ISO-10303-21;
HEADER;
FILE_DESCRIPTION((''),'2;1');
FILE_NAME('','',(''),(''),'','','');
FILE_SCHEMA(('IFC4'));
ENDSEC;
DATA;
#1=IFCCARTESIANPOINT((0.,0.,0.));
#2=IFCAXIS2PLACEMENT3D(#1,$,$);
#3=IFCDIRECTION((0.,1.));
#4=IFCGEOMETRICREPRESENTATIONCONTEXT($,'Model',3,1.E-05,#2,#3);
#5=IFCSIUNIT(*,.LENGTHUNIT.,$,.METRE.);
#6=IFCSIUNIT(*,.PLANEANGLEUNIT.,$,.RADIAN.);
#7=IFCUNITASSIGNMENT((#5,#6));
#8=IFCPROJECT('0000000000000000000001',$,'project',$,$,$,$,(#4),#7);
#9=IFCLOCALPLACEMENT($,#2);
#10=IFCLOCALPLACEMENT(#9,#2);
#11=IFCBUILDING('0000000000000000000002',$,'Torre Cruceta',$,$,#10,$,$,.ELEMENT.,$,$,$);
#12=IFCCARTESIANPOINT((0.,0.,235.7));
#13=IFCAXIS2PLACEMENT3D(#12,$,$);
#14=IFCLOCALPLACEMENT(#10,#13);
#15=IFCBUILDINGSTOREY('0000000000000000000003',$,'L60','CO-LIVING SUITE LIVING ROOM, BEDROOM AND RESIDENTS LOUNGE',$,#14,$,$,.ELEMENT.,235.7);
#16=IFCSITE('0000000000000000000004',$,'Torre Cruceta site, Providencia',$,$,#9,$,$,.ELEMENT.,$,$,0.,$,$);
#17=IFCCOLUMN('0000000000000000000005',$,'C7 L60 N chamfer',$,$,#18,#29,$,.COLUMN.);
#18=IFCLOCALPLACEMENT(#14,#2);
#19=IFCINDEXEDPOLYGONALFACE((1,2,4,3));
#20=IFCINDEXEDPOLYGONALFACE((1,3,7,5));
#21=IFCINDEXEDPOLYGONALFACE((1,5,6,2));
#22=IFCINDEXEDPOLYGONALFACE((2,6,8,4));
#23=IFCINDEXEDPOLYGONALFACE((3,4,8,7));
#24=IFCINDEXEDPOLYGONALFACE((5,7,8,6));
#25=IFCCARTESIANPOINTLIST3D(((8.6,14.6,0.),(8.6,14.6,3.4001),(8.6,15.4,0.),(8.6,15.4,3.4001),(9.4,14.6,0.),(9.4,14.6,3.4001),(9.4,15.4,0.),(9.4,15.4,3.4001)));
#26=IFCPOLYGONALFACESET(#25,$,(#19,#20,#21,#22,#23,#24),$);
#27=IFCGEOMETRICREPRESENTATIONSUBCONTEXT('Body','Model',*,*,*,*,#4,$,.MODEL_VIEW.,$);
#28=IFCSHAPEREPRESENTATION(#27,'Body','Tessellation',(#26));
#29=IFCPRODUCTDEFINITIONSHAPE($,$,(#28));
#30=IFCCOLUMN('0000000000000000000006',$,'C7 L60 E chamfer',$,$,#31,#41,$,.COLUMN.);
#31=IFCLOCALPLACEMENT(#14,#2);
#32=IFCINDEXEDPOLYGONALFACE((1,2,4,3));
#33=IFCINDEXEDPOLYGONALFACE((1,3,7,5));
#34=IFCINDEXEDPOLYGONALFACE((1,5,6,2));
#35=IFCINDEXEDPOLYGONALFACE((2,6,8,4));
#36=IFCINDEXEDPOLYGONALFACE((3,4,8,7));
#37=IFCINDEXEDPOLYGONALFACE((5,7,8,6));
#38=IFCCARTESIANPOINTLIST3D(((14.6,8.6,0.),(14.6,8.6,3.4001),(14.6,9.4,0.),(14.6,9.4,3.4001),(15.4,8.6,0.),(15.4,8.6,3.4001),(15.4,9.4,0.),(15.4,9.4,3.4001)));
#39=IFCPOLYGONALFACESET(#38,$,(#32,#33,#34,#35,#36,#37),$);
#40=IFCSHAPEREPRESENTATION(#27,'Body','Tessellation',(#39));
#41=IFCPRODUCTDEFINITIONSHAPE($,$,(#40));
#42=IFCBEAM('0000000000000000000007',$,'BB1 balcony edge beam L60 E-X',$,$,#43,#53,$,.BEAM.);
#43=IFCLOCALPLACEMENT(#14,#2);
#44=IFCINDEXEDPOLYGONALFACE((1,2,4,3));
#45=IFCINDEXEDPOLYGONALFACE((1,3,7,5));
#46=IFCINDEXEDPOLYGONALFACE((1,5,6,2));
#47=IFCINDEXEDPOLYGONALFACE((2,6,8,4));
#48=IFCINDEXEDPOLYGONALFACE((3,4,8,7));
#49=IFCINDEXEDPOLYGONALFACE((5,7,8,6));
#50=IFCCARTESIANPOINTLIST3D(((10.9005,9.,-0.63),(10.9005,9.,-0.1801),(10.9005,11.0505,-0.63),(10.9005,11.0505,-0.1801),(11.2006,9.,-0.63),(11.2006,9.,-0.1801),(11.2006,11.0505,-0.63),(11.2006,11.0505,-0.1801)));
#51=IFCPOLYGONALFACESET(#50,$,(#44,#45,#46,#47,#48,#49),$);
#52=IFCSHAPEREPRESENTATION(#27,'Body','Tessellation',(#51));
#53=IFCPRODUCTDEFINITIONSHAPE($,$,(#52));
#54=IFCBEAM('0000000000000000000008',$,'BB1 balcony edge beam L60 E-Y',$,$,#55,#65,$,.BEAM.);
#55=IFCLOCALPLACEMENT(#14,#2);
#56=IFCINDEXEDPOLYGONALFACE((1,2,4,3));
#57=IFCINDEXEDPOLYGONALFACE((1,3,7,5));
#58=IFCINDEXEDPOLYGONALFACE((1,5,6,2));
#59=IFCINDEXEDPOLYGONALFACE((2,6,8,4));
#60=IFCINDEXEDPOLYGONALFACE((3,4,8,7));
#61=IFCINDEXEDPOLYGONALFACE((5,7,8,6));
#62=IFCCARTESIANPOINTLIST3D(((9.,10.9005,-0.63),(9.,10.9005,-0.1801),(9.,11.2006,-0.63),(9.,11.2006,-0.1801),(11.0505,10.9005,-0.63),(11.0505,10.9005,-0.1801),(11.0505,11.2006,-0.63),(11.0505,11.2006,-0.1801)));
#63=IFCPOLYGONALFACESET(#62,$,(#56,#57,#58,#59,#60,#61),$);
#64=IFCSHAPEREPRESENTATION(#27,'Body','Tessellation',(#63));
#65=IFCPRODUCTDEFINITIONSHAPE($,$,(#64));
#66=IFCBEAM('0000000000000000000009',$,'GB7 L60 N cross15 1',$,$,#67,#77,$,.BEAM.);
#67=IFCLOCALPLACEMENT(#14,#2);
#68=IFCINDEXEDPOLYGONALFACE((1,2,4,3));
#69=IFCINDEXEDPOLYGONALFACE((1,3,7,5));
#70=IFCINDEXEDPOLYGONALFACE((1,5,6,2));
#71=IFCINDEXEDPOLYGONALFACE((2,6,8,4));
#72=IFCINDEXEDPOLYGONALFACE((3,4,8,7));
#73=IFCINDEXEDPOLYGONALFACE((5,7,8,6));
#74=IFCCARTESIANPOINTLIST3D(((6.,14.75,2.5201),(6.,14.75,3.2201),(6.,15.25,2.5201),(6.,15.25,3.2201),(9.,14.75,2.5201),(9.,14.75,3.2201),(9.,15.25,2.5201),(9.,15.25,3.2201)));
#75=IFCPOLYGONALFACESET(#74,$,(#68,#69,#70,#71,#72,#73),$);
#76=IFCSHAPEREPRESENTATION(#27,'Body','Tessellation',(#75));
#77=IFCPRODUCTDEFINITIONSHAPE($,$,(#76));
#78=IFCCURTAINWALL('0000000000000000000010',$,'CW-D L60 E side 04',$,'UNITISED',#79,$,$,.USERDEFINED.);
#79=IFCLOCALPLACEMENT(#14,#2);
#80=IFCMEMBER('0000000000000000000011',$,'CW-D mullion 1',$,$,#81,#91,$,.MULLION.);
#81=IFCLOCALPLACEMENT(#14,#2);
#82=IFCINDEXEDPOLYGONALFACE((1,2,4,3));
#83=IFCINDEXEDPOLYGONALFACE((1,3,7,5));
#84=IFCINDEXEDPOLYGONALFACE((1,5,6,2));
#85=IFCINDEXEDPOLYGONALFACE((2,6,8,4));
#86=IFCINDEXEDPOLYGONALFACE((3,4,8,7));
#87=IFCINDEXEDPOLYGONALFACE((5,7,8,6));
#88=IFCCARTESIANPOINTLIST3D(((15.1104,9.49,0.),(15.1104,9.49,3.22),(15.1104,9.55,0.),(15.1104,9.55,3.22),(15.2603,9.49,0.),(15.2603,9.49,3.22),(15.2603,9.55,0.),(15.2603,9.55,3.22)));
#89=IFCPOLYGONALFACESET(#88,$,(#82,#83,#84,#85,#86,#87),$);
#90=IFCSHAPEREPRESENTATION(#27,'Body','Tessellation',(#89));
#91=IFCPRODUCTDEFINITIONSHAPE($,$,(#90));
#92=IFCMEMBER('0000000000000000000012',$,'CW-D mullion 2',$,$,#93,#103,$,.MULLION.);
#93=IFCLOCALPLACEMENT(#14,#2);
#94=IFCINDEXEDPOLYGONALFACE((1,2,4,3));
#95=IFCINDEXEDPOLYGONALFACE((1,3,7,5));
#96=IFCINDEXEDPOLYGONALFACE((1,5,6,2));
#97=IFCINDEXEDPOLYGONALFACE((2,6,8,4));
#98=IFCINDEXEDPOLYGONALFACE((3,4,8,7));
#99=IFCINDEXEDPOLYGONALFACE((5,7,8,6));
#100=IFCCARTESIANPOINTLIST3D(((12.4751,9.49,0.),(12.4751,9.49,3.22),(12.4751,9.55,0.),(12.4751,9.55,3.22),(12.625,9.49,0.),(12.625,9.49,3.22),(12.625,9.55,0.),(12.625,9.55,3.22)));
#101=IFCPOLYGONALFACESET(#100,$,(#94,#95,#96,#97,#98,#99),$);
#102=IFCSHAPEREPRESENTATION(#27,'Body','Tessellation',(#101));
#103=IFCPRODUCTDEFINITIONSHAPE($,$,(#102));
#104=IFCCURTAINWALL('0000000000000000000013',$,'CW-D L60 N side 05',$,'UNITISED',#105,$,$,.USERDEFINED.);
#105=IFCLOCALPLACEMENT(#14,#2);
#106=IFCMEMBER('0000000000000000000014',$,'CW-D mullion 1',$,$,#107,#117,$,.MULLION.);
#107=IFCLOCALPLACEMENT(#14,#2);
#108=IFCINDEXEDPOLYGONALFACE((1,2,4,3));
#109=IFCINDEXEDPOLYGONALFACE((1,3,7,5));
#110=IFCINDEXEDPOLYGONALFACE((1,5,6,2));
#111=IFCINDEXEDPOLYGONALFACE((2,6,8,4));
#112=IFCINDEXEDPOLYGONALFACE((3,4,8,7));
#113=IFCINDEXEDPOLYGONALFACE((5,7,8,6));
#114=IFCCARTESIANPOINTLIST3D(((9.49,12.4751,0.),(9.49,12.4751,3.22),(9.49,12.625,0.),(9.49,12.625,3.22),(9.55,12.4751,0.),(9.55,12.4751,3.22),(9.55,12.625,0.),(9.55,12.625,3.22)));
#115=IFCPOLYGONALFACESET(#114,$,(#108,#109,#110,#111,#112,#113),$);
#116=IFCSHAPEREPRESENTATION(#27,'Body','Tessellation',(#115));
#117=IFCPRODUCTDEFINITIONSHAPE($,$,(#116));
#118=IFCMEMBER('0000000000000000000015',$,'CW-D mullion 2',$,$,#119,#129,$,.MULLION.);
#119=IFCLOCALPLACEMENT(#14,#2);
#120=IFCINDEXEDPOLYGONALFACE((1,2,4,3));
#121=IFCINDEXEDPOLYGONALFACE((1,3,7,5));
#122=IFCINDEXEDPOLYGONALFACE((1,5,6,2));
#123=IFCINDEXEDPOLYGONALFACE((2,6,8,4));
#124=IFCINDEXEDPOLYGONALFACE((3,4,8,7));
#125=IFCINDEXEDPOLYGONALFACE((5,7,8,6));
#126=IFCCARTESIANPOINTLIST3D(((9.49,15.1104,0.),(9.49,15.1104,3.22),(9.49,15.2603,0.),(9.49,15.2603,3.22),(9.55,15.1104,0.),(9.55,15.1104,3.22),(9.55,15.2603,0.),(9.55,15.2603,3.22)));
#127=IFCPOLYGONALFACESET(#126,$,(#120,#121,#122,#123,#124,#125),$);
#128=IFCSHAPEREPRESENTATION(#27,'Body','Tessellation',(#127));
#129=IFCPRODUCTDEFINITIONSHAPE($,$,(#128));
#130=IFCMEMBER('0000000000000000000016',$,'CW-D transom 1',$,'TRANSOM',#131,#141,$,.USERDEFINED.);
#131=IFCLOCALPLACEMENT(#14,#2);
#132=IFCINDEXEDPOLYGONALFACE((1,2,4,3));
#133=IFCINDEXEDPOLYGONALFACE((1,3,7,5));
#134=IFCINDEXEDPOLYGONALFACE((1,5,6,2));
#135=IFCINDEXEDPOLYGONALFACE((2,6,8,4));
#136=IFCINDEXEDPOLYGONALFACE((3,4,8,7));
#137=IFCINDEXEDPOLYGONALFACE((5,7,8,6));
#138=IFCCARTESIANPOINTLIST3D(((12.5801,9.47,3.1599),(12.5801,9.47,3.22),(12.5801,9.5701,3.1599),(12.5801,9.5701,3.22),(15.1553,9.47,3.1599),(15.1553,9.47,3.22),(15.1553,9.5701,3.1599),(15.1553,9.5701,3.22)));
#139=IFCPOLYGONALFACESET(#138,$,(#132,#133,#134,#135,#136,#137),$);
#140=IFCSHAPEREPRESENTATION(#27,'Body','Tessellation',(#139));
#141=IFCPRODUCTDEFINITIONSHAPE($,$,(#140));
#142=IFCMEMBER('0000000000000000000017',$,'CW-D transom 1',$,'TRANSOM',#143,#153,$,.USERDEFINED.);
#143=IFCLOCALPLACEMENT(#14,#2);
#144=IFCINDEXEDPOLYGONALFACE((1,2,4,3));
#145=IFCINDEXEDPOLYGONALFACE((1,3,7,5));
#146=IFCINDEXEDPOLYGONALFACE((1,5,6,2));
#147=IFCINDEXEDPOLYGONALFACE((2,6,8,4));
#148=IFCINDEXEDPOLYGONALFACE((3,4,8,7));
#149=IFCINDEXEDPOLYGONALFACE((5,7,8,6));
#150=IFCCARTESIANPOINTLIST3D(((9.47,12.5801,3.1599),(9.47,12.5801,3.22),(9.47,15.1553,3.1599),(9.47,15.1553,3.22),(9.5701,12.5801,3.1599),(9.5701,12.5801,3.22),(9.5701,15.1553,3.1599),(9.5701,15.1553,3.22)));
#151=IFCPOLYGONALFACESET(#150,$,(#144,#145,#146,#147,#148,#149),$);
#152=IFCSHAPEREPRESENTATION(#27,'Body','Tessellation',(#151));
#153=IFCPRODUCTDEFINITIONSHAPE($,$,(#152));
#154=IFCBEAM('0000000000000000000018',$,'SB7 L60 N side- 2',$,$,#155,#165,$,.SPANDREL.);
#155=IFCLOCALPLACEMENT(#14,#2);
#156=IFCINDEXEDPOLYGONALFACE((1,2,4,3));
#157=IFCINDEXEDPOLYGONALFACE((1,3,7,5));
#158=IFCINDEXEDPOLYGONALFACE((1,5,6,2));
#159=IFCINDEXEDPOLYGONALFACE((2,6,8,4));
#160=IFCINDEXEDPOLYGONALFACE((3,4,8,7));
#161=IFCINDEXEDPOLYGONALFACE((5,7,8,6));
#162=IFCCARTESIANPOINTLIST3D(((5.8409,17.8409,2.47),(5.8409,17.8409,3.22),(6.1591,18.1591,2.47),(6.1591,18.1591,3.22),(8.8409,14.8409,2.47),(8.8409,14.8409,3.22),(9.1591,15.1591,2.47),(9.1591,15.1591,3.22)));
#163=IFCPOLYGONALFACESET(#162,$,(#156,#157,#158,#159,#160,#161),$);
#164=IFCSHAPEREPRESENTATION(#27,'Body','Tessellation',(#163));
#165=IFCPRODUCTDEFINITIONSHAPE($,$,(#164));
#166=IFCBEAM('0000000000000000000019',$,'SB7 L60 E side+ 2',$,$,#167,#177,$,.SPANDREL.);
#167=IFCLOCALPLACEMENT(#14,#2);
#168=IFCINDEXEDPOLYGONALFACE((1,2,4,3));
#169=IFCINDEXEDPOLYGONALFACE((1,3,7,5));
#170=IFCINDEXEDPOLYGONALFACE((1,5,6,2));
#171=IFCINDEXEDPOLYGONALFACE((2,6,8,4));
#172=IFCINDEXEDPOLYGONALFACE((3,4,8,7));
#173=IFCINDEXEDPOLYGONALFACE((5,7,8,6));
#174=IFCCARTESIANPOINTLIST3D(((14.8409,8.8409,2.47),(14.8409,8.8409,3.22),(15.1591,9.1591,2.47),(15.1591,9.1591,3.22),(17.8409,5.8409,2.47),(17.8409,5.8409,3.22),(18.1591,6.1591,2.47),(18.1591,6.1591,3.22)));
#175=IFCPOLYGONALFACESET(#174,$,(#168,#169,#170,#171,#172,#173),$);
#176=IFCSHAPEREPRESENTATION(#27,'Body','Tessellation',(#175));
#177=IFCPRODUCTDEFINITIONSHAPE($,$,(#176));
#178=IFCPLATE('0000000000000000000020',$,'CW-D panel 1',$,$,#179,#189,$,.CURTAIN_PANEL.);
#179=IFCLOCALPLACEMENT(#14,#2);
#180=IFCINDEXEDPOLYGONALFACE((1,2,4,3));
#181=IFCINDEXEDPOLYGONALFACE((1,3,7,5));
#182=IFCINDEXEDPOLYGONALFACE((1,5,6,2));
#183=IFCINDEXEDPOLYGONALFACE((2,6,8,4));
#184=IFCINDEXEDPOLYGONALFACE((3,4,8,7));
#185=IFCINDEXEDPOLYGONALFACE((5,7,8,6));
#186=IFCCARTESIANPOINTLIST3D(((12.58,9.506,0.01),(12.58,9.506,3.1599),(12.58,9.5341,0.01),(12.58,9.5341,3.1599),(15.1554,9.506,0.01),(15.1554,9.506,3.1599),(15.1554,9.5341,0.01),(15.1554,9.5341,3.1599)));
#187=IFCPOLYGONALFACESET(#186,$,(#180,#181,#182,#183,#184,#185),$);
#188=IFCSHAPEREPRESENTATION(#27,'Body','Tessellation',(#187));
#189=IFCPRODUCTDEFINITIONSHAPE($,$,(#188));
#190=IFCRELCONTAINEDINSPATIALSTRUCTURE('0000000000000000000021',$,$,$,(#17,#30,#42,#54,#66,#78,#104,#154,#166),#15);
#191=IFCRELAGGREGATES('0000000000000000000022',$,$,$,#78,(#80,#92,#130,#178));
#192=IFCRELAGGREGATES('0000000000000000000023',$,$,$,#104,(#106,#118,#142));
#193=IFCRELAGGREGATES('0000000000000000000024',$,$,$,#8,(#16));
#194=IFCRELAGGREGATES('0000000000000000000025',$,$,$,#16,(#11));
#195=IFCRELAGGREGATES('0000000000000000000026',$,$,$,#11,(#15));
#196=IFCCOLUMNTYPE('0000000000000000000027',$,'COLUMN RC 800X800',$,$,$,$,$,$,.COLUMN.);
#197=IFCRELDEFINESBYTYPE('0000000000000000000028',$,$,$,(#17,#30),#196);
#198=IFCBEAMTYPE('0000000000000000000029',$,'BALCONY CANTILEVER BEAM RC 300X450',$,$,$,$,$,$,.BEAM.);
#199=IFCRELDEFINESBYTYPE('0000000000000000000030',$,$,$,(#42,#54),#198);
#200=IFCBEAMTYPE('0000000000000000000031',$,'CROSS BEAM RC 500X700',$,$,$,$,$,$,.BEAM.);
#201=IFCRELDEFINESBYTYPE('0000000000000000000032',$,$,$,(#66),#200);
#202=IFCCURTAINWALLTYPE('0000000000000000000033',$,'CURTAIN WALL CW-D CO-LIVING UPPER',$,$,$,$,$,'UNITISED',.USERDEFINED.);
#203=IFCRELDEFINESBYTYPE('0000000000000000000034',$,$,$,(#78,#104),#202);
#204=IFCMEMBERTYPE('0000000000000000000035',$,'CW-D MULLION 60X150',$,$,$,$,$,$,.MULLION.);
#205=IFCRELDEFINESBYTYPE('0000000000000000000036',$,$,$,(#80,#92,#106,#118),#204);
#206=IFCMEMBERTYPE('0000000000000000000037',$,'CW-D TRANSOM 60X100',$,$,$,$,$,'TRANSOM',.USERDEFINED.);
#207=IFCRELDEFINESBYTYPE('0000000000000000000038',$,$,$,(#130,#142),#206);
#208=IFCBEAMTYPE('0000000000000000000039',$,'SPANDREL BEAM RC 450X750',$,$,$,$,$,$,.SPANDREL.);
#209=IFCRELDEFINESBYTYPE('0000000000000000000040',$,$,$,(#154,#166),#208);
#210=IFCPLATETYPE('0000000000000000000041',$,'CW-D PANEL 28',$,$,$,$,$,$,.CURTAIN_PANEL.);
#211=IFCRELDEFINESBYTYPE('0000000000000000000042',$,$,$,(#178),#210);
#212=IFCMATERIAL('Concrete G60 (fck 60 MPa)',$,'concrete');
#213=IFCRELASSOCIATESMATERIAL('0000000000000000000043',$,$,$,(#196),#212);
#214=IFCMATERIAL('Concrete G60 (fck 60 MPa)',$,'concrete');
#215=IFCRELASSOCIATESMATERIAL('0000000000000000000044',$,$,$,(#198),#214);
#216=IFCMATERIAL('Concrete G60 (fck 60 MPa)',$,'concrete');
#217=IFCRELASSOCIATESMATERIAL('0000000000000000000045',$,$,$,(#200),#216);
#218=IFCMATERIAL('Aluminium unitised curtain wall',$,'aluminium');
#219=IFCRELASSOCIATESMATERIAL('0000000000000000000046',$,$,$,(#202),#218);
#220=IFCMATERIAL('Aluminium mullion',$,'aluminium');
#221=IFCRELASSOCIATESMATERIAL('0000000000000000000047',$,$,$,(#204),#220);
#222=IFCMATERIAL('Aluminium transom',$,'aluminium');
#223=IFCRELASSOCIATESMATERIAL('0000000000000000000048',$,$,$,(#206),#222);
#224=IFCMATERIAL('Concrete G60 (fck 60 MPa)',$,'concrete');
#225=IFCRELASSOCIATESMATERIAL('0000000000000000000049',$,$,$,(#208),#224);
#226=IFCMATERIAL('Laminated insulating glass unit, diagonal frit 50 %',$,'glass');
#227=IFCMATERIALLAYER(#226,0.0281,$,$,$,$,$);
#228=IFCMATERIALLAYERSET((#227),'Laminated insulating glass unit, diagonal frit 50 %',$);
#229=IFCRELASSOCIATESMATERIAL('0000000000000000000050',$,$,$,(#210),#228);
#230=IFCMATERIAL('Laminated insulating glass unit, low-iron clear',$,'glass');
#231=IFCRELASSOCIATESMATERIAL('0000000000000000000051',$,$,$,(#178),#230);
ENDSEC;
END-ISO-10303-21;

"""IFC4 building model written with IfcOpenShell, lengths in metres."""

from ifc_helpers import new_model, si_unit, direction, frame, origin, origin_2d, place, context, subcontext, project, spatial, rectangle, extrude, material, layer, layer_set, material_profile, profile_set, type_object, element, aggregate, save


model = new_model("IFC4")

# Units and contexts
model_context = context("Model", 3, precision=1e-05, world=origin(), true_north=direction((0.0, 1.0)))
body_context = subcontext(model_context, "Body", "Model", "MODEL_VIEW")
ifc_project = project(units=[si_unit("LENGTHUNIT", "METRE"), si_unit("PLANEANGLEUNIT", "RADIAN")], contexts=[model_context])

# Site, building, storey
site_placement = place(None, origin())
site = spatial("IfcSite", under=ifc_project, at=site_placement, Name="Torre Cruceta site, Providencia", CompositionType="ELEMENT", RefElevation=0.0)
building_placement = place(site_placement, origin())
building = spatial("IfcBuilding", under=site, at=building_placement, Name="Torre Cruceta", CompositionType="ELEMENT")
storey_placement = place(building_placement, frame((0.0, 0.0, 235.7)))
storey = spatial("IfcBuildingStorey", under=building, at=storey_placement, Name="L60", Description="CO-LIVING SUITE LIVING ROOM, BEDROOM AND RESIDENTS LOUNGE", CompositionType="ELEMENT", Elevation=235.7)

# Columns
ifc_material_1 = material(Name="Concrete G60 (fck 60 MPa)", Category="concrete")
ifc_material_profile_1 = material_profile(ifc_material_1, rectangle(XDim=0.8, YDim=0.8, at=origin_2d()), Name="RC 800X800")
ifc_profile_set_1 = profile_set([ifc_material_profile_1], Name="Concrete G60 (fck 60 MPa)")
column_type = type_object("IfcColumnType", Name="COLUMN RC 800X800", PredefinedType="COLUMN", material=ifc_profile_set_1)
for number, where, z_axis, x_axis, name in (
    (1, (9.0, 15.0, 0.0), (0.0, 0.0, 1.0), (1.0, 0.0, 0.0), "C7 L60 N chamfer"),
    (2, (15.0, 9.0, 0.0), (0.0, 0.0, 1.0), (1.0, 0.0, 0.0), "C7 L60 E chamfer"),
):
    element("IfcColumn", number, at=place(storey_placement, frame(where, z_axis=z_axis, x_axis=x_axis)), inside=storey, type_object=column_type, Name=name, PredefinedType="COLUMN", context=body_context, shape_type="SweptSolid", body=[
        extrude(rectangle(XDim=0.8, YDim=0.8, at=origin_2d()), origin(), (0.0, 0.0, 1.0), 3.4001),
    ])

# Beams
ifc_material_2 = material(Name="Concrete G60 (fck 60 MPa)", Category="concrete")
ifc_material_profile_2 = material_profile(ifc_material_2, rectangle(XDim=0.3, YDim=0.45, at=origin_2d()), Name="RC 300X450")
ifc_profile_set_2 = profile_set([ifc_material_profile_2], Name="Concrete G60 (fck 60 MPa)")
beam_type_1 = type_object("IfcBeamType", Name="BALCONY CANTILEVER BEAM RC 300X450", PredefinedType="BEAM", material=ifc_profile_set_2)
for number, where, z_axis, x_axis, name in (
    (3, (11.0505, 9.0, -0.405), (0.0, 1.0, 0.0), (-1.0, 0.0, 0.0), "BB1 balcony edge beam L60 E-X"),
    (4, (9.0, 11.0505, -0.405), (1.0, 0.0, 0.0), (0.0, 1.0, 0.0), "BB1 balcony edge beam L60 E-Y"),
):
    element("IfcBeam", number, at=place(storey_placement, frame(where, z_axis=z_axis, x_axis=x_axis)), inside=storey, type_object=beam_type_1, Name=name, PredefinedType="BEAM", context=body_context, shape_type="SweptSolid", body=[
        extrude(rectangle(XDim=0.3, YDim=0.45, at=origin_2d()), origin(), (0.0, 0.0, 1.0), 2.0505),
    ])
ifc_material_3 = material(Name="Concrete G60 (fck 60 MPa)", Category="concrete")
ifc_material_profile_3 = material_profile(ifc_material_3, rectangle(XDim=0.5, YDim=0.7, at=origin_2d()), Name="RC 500X700")
ifc_profile_set_3 = profile_set([ifc_material_profile_3], Name="Concrete G60 (fck 60 MPa)")
beam_type_2 = type_object("IfcBeamType", Name="CROSS BEAM RC 500X700", PredefinedType="BEAM", material=ifc_profile_set_3)
beam_placement = place(storey_placement, frame((9.0, 15.0, 2.8701), z_axis=(-1.0, 0.0, 0.0), x_axis=(0.0, -1.0, 0.0)))
element("IfcBeam", 5, at=beam_placement, inside=storey, type_object=beam_type_2, Name="GB7 L60 N cross15 1", PredefinedType="BEAM", context=body_context, shape_type="SweptSolid", body=[
    extrude(rectangle(XDim=0.5, YDim=0.7, at=origin_2d()), origin(), (0.0, 0.0, 1.0), 3.0),
])

# Curtain walls, members
ifc_material_4 = material(Name="Aluminium unitised curtain wall", Category="aluminium")
curtain_wall_type = type_object("IfcCurtainWallType", Name="CURTAIN WALL CW-D CO-LIVING UPPER", ElementType="UNITISED", PredefinedType="USERDEFINED", material=ifc_material_4)
curtain_wall_1_placement = place(storey_placement, origin())
curtain_wall_1 = element("IfcCurtainWall", 6, at=curtain_wall_1_placement, inside=storey, type_object=curtain_wall_type, Name="CW-D L60 E side 04", ObjectType="UNITISED", PredefinedType="USERDEFINED")
ifc_material_5 = material(Name="Aluminium mullion", Category="aluminium")
ifc_material_profile_4 = material_profile(ifc_material_5, rectangle(XDim=0.0601, YDim=0.1499, at=origin_2d()), Name="AL 60X150")
ifc_profile_set_4 = profile_set([ifc_material_profile_4], Name="Aluminium mullion")
member_type_1 = type_object("IfcMemberType", Name="CW-D MULLION 60X150", PredefinedType="MULLION", material=ifc_profile_set_4)
member_1_placement = place(storey_placement, frame((15.1853, 9.52, 0.0), z_axis=(0.0, 0.0, 1.0), x_axis=(0.0, -1.0, 0.0)))
member_1 = element("IfcMember", 7, at=member_1_placement, type_object=member_type_1, Name="CW-D mullion 1", PredefinedType="MULLION", context=body_context, shape_type="SweptSolid", body=[
    extrude(rectangle(XDim=0.0601, YDim=0.1499, at=origin_2d()), origin(), (0.0, 0.0, 1.0), 3.22),
])
member_2_placement = place(storey_placement, frame((12.55, 9.52, 0.0), z_axis=(0.0, 0.0, 1.0), x_axis=(0.0, -1.0, 0.0)))
member_2 = element("IfcMember", 8, at=member_2_placement, type_object=member_type_1, Name="CW-D mullion 2", PredefinedType="MULLION", context=body_context, shape_type="SweptSolid", body=[
    extrude(rectangle(XDim=0.0601, YDim=0.1499, at=origin_2d()), origin(), (0.0, 0.0, 1.0), 3.22),
])
curtain_wall_2_placement = place(storey_placement, origin())
curtain_wall_2 = element("IfcCurtainWall", 9, at=curtain_wall_2_placement, inside=storey, type_object=curtain_wall_type, Name="CW-D L60 N side 05", ObjectType="UNITISED", PredefinedType="USERDEFINED")
member_3_placement = place(storey_placement, frame((9.52, 12.55, 0.0), z_axis=(0.0, 0.0, 1.0), x_axis=(-1.0, 0.0, 0.0)))
member_3 = element("IfcMember", 10, at=member_3_placement, type_object=member_type_1, Name="CW-D mullion 1", PredefinedType="MULLION", context=body_context, shape_type="SweptSolid", body=[
    extrude(rectangle(XDim=0.0601, YDim=0.1499, at=origin_2d()), origin(), (0.0, 0.0, 1.0), 3.22),
])
member_4_placement = place(storey_placement, frame((9.52, 15.1853, 0.0), z_axis=(0.0, 0.0, 1.0), x_axis=(-1.0, 0.0, 0.0)))
member_4 = element("IfcMember", 11, at=member_4_placement, type_object=member_type_1, Name="CW-D mullion 2", PredefinedType="MULLION", context=body_context, shape_type="SweptSolid", body=[
    extrude(rectangle(XDim=0.0601, YDim=0.1499, at=origin_2d()), origin(), (0.0, 0.0, 1.0), 3.22),
])

# Members
ifc_material_6 = material(Name="Aluminium transom", Category="aluminium")
ifc_material_profile_5 = material_profile(ifc_material_6, rectangle(XDim=0.1001, YDim=0.0601, at=origin_2d()), Name="AL 100X60")
ifc_profile_set_5 = profile_set([ifc_material_profile_5], Name="Aluminium transom")
member_type_2 = type_object("IfcMemberType", Name="CW-D TRANSOM 60X100", ElementType="TRANSOM", PredefinedType="USERDEFINED", material=ifc_profile_set_5)
member_5_placement = place(storey_placement, frame((15.1553, 9.52, 3.1899), z_axis=(-1.0, 0.0, 0.0), x_axis=(0.0, -1.0, 0.0)))
member_5 = element("IfcMember", 12, at=member_5_placement, type_object=member_type_2, Name="CW-D transom 1", ObjectType="TRANSOM", PredefinedType="USERDEFINED", context=body_context, shape_type="SweptSolid", body=[
    extrude(rectangle(XDim=0.1001, YDim=0.0601, at=origin_2d()), origin(), (0.0, 0.0, 1.0), 2.5752),
])
member_6_placement = place(storey_placement, frame((9.52, 12.5801, 3.1899), z_axis=(0.0, 1.0, 0.0), x_axis=(-1.0, 0.0, 0.0)))
member_6 = element("IfcMember", 13, at=member_6_placement, type_object=member_type_2, Name="CW-D transom 1", ObjectType="TRANSOM", PredefinedType="USERDEFINED", context=body_context, shape_type="SweptSolid", body=[
    extrude(rectangle(XDim=0.1001, YDim=0.0601, at=origin_2d()), origin(), (0.0, 0.0, 1.0), 2.5752),
])

# Beams
ifc_material_7 = material(Name="Concrete G60 (fck 60 MPa)", Category="concrete")
ifc_material_profile_6 = material_profile(ifc_material_7, rectangle(XDim=0.45, YDim=0.75, at=origin_2d()), Name="RC 450X750")
ifc_profile_set_6 = profile_set([ifc_material_profile_6], Name="Concrete G60 (fck 60 MPa)")
beam_type_3 = type_object("IfcBeamType", Name="SPANDREL BEAM RC 450X750", PredefinedType="SPANDREL", material=ifc_profile_set_6)
for number, where, z_axis, x_axis, name in (
    (14, (9.0, 15.0, 2.845), (-0.707107, 0.707107, 0.0), (-0.707107, -0.707107, 0.0), "SB7 L60 N side- 2"),
    (15, (15.0, 9.0, 2.845), (0.707107, -0.707107, 0.0), (0.707107, 0.707107, 0.0), "SB7 L60 E side+ 2"),
):
    element("IfcBeam", number, at=place(storey_placement, frame(where, z_axis=z_axis, x_axis=x_axis)), inside=storey, type_object=beam_type_3, Name=name, PredefinedType="SPANDREL", context=body_context, shape_type="SweptSolid", body=[
        extrude(rectangle(XDim=0.45, YDim=0.75, at=origin_2d()), origin(), (0.0, 0.0, 1.0), 4.2427),
    ])

# Plate
ifc_material_8 = material(Name="Laminated insulating glass unit, low-iron clear", Category="glass")
ifc_material_9 = material(Name="Laminated insulating glass unit, diagonal frit 50 %", Category="glass")
ifc_layer_1 = layer(ifc_material_9, 0.0281)
ifc_layer_set_1 = layer_set([ifc_layer_1], Name="Laminated insulating glass unit, diagonal frit 50 %")
plate_type = type_object("IfcPlateType", Name="CW-D PANEL 28", PredefinedType="CURTAIN_PANEL", material=ifc_layer_set_1)
plate_1_placement = place(storey_placement, frame((13.8677, 9.52, 0.01), z_axis=(0.0, 0.0, 1.0), x_axis=(-1.0, 0.0, 0.0)))
plate_1 = element("IfcPlate", 16, at=plate_1_placement, type_object=plate_type, material=ifc_material_8, Name="CW-D panel 1", PredefinedType="CURTAIN_PANEL", context=body_context, shape_type="SweptSolid", body=[
    extrude(rectangle(XDim=2.5754, YDim=0.0281, at=origin_2d()), origin(), (0.0, 0.0, 1.0), 3.1499),
])
aggregate(curtain_wall_1, [member_1, member_2, member_5, plate_1])
aggregate(curtain_wall_2, [member_3, member_4, member_6])

save(model, "model.ifc")
